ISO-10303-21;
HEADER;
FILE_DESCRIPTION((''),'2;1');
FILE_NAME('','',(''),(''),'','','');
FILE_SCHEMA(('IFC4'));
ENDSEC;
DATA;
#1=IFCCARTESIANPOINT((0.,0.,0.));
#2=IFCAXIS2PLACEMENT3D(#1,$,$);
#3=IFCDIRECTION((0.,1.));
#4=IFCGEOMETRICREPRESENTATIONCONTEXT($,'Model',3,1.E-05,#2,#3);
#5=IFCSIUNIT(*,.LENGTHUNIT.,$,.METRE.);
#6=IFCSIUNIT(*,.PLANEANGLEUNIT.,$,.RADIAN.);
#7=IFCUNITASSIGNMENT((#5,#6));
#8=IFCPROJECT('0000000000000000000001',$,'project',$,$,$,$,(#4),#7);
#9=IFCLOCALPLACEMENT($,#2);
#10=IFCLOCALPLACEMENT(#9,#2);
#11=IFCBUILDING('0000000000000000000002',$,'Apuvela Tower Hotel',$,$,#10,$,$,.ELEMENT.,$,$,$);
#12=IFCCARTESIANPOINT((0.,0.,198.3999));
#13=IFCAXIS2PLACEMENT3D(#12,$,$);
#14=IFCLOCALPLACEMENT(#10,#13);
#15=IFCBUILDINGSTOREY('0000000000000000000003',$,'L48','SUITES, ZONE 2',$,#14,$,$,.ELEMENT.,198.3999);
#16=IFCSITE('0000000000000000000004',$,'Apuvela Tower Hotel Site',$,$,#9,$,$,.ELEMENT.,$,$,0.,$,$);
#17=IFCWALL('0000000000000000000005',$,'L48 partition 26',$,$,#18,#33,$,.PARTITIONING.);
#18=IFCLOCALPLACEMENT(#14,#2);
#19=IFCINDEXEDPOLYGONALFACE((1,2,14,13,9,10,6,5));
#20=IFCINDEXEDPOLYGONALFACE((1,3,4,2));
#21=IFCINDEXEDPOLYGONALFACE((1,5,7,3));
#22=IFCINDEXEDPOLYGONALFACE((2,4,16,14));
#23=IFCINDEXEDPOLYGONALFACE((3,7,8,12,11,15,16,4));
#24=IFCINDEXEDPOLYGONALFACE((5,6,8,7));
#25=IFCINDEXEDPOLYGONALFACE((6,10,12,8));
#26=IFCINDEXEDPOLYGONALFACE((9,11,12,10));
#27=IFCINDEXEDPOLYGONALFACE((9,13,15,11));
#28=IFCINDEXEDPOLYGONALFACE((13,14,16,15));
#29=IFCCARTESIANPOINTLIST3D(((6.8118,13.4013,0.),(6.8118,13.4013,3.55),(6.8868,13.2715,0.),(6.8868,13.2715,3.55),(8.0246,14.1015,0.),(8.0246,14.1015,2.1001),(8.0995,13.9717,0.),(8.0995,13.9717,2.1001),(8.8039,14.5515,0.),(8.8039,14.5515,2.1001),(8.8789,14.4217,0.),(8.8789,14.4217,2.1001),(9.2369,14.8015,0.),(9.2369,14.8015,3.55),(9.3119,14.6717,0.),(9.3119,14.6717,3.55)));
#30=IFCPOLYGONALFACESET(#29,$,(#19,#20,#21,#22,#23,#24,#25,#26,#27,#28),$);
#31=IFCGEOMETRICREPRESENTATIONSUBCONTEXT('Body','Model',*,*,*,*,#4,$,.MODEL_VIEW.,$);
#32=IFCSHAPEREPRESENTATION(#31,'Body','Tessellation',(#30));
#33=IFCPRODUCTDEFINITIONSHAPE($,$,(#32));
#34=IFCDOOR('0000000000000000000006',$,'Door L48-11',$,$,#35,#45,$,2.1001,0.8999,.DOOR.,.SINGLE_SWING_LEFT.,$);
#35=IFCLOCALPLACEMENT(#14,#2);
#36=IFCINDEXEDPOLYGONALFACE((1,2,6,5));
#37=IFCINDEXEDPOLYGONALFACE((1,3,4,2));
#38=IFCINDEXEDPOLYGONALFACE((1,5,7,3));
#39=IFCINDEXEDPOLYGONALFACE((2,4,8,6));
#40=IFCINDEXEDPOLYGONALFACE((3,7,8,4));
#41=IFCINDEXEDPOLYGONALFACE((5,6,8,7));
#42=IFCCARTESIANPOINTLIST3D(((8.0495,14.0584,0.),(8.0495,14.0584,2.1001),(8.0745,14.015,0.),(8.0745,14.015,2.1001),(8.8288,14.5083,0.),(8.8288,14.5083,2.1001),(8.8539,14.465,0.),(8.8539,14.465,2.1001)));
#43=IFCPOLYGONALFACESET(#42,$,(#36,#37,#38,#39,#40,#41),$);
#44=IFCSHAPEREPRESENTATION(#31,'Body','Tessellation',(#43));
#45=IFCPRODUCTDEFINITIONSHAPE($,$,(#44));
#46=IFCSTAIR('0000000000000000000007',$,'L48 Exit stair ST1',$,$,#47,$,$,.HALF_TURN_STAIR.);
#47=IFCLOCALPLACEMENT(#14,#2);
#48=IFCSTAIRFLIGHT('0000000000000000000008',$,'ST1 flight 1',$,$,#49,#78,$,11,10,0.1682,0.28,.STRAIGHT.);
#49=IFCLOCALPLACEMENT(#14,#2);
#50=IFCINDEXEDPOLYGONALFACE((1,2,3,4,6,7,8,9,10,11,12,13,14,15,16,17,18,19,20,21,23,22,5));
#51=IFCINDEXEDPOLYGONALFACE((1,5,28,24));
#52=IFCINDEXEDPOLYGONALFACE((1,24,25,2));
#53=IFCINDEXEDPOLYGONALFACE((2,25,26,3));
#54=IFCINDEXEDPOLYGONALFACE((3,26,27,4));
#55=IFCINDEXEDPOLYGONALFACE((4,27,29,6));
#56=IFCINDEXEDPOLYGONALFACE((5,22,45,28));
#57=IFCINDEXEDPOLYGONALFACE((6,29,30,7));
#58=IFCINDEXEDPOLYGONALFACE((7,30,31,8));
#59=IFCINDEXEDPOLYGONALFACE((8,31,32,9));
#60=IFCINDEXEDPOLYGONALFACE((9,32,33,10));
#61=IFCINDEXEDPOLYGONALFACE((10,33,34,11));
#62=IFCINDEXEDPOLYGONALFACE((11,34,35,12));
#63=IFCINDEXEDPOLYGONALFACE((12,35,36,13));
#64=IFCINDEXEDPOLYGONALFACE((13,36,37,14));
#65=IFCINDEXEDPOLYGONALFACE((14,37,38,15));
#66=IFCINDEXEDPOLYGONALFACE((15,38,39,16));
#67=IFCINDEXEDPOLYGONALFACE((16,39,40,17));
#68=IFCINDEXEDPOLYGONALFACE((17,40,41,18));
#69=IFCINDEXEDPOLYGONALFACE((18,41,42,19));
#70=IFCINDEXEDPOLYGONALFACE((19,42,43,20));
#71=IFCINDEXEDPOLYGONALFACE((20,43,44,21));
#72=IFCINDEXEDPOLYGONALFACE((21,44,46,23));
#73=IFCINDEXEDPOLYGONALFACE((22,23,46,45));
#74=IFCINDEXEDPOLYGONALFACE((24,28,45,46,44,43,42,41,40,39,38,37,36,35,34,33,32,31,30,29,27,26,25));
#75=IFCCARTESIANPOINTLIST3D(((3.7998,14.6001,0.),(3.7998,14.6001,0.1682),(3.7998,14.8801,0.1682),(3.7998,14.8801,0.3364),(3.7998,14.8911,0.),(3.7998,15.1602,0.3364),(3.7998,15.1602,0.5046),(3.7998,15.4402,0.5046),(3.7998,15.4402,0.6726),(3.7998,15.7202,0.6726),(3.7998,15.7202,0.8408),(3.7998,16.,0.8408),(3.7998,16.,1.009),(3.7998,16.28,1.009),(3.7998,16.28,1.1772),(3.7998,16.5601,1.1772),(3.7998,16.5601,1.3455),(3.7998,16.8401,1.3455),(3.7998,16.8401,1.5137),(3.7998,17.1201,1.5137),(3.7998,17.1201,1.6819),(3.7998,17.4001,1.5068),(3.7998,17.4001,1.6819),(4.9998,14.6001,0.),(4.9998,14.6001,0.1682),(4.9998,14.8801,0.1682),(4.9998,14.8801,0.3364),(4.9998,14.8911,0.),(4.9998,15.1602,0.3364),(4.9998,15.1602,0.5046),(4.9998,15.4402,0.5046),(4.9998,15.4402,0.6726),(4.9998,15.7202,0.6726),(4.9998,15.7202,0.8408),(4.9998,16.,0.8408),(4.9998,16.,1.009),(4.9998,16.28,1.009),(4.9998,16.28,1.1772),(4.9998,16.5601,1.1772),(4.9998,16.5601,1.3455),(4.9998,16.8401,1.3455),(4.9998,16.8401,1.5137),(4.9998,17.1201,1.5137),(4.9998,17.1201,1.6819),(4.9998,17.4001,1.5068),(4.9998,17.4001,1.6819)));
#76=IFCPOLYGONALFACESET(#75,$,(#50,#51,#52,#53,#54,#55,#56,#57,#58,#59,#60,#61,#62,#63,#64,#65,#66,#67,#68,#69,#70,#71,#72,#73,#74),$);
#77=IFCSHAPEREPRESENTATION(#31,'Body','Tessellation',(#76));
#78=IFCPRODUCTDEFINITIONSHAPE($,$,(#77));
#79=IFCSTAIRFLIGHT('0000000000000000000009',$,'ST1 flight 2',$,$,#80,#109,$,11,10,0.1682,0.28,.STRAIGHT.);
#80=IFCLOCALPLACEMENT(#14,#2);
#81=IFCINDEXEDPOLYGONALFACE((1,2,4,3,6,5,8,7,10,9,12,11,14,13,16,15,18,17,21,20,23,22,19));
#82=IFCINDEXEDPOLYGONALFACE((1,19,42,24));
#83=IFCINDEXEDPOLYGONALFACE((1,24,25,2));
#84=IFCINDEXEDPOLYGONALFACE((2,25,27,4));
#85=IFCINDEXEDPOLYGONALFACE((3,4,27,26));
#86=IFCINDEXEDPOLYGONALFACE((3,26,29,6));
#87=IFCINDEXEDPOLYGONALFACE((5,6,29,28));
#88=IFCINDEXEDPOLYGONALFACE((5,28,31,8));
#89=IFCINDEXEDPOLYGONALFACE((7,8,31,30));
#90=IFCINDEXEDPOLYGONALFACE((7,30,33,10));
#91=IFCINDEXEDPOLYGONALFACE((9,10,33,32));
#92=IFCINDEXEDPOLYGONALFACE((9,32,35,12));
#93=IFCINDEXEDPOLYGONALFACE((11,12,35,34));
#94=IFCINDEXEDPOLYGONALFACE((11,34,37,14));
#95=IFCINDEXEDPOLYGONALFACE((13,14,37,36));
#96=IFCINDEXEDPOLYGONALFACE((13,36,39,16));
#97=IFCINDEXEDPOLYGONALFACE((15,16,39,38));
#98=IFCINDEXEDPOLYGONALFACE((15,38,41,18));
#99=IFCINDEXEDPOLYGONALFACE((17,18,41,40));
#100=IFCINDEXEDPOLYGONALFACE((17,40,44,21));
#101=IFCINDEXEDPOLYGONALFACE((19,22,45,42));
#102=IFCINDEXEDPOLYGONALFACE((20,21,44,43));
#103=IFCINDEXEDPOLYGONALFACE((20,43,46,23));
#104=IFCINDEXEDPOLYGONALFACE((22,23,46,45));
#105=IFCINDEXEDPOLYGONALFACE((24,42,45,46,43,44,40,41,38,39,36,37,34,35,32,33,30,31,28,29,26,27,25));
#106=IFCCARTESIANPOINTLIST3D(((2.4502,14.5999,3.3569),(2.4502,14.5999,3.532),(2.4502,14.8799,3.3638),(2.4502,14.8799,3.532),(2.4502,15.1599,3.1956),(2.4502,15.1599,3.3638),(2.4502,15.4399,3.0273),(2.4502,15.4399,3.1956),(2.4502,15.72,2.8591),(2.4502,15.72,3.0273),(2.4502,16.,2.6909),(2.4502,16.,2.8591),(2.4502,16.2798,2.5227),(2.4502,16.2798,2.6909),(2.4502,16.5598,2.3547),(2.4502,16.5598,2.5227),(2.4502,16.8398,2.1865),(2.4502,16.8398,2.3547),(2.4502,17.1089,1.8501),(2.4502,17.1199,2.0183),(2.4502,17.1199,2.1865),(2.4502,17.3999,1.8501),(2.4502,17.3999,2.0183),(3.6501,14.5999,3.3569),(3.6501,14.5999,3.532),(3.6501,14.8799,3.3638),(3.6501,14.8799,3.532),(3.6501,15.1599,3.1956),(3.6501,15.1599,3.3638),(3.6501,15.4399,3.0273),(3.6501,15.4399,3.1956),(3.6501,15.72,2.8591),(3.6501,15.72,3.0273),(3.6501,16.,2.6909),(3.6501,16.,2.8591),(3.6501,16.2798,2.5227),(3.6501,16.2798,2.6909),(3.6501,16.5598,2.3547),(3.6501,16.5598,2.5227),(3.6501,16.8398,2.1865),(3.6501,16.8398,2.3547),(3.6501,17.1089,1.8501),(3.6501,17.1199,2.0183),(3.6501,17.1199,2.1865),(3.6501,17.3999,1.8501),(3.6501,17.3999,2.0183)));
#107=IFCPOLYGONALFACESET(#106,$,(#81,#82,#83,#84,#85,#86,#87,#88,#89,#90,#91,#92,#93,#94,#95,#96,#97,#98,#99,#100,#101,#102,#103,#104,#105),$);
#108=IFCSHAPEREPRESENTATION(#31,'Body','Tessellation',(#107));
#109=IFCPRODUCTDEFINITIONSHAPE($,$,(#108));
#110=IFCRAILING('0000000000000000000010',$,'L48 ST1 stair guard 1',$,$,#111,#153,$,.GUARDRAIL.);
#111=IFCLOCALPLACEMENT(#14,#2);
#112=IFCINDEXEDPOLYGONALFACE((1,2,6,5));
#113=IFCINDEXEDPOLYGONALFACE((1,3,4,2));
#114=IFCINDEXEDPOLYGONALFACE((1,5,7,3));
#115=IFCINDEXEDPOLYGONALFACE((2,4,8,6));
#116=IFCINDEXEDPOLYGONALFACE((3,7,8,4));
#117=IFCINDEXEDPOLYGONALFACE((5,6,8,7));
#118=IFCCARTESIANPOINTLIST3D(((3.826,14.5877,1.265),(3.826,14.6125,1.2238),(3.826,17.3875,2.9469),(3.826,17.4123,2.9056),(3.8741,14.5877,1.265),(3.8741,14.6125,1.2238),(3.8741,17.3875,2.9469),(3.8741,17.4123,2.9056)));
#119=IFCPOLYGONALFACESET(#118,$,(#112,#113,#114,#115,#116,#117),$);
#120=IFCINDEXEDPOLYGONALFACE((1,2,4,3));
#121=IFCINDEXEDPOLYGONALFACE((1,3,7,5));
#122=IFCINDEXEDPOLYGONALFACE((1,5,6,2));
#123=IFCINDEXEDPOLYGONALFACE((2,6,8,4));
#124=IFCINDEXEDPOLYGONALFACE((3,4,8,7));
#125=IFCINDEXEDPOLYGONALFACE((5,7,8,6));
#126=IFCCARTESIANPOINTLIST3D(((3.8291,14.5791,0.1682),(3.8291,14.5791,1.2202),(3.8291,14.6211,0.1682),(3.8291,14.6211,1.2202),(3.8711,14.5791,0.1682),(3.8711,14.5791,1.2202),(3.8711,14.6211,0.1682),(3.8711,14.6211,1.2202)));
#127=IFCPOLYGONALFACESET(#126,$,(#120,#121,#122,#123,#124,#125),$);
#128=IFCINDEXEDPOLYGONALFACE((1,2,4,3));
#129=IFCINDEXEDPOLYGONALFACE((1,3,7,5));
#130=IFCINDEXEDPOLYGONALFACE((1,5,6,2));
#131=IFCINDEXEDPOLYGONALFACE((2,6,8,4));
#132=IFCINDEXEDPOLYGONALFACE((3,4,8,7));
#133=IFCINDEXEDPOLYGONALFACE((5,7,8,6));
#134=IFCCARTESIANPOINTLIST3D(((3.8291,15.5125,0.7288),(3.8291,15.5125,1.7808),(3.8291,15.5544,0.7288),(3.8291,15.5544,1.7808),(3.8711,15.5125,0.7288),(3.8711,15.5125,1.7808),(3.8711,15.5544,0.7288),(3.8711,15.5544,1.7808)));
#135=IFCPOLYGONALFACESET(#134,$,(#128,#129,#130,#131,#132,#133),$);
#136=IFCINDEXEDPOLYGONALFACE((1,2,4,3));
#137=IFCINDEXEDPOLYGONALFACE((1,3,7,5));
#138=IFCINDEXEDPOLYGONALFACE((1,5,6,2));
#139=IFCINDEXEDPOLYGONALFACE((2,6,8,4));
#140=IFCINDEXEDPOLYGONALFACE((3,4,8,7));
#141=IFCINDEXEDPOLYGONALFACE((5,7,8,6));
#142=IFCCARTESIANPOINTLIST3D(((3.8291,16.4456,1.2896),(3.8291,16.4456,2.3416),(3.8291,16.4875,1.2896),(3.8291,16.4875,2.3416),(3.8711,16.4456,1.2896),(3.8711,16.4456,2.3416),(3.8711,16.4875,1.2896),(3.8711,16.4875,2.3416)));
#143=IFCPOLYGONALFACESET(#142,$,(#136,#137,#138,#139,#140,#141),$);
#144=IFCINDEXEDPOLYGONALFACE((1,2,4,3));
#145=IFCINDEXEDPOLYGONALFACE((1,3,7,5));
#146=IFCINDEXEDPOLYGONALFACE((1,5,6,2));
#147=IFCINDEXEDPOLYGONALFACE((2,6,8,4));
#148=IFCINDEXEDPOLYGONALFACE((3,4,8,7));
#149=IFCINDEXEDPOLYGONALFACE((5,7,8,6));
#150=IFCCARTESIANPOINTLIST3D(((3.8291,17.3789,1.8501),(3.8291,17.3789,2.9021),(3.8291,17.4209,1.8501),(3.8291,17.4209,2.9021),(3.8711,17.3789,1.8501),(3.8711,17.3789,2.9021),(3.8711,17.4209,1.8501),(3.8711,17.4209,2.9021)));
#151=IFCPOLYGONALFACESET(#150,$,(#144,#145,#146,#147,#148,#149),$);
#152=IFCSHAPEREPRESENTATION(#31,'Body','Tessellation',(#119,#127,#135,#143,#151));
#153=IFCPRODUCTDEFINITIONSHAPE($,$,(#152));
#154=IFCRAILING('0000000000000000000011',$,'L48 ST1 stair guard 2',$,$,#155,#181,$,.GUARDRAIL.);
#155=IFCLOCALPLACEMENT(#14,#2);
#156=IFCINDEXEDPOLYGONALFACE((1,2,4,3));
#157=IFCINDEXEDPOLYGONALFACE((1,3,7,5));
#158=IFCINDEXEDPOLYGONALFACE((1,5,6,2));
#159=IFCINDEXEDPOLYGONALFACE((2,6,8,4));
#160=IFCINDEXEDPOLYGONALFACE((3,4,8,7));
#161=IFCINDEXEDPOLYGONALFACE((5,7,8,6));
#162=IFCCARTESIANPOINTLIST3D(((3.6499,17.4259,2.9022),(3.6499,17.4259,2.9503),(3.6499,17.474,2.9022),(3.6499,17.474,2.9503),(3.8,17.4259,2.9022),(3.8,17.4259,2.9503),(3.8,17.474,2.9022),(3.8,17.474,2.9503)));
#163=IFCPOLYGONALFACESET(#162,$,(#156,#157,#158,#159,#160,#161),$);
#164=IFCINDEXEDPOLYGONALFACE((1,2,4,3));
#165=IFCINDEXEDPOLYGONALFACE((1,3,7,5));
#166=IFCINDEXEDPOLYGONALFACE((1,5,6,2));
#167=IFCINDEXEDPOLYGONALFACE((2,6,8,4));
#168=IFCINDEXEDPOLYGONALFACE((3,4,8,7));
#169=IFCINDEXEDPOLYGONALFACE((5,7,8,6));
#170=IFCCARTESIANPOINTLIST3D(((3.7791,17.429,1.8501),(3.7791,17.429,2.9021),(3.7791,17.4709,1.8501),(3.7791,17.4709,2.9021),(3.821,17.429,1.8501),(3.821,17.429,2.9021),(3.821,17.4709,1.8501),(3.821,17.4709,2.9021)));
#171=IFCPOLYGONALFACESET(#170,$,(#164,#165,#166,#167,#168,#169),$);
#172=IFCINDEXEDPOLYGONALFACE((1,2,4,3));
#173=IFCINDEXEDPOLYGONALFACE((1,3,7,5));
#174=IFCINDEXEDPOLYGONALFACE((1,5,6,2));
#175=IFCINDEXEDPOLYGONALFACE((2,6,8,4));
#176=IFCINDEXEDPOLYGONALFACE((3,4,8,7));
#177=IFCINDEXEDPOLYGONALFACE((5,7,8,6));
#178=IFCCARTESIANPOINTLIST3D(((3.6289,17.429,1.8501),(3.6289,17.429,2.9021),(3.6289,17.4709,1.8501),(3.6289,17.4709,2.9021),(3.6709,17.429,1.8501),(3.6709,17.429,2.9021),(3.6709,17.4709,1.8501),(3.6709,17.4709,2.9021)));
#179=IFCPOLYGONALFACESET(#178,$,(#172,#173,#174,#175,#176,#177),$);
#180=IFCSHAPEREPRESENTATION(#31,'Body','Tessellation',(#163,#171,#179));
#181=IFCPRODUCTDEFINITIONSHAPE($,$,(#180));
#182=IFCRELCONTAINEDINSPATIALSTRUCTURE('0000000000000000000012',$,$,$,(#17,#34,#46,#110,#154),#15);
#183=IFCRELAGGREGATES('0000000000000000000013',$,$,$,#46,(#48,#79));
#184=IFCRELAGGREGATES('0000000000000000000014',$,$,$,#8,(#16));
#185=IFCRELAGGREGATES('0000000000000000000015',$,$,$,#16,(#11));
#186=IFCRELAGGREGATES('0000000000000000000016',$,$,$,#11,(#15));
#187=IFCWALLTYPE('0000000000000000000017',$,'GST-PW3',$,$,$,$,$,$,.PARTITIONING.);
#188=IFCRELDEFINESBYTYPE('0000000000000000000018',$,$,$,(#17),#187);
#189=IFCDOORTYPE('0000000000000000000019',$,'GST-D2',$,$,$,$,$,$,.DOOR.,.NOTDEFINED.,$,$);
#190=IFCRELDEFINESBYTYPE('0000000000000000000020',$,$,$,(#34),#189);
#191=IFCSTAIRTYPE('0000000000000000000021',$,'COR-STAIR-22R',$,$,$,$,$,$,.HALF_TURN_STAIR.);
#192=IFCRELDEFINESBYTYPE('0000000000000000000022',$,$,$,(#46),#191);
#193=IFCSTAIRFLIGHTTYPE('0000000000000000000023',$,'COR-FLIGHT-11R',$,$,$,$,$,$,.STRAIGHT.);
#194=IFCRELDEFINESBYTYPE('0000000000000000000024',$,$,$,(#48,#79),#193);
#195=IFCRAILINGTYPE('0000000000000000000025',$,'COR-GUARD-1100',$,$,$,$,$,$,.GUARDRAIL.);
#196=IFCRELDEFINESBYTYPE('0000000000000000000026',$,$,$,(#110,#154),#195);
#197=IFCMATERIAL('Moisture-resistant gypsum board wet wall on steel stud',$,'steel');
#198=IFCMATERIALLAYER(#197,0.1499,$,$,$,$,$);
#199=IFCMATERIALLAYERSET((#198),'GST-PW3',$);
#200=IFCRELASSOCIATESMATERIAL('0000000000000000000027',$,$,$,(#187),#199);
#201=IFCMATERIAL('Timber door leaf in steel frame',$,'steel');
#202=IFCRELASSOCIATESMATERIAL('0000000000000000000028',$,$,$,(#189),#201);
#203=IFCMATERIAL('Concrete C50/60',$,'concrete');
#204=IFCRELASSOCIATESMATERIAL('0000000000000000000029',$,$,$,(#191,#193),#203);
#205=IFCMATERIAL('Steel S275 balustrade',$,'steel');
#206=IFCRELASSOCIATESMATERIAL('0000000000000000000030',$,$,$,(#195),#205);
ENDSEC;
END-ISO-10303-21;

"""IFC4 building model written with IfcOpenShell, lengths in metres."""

from ifc_helpers import new_model, si_unit, direction, frame, frame_2d, origin, origin_2d, place, context, subcontext, project, spatial, polyline, rectangle, outline, extrude, material, layer, layer_set, type_object, element, fill, aggregate, save


model = new_model("IFC4")

# Units and contexts
model_context = context("Model", 3, precision=1e-05, world=origin(), true_north=direction((0.0, 1.0)))
body_context = subcontext(model_context, "Body", "Model", "MODEL_VIEW")
ifc_project = project(units=[si_unit("LENGTHUNIT", "METRE"), si_unit("PLANEANGLEUNIT", "RADIAN")], contexts=[model_context])

# Site, building, storey
site_placement = place(None, origin())
site = spatial("IfcSite", under=ifc_project, at=site_placement, Name="Apuvela Tower Hotel Site", CompositionType="ELEMENT", RefElevation=0.0)
building_placement = place(site_placement, origin())
building = spatial("IfcBuilding", under=site, at=building_placement, Name="Apuvela Tower Hotel", CompositionType="ELEMENT")
storey_placement = place(building_placement, frame((0.0, 0.0, 198.3999)))
storey = spatial("IfcBuildingStorey", under=building, at=storey_placement, Name="L48", Description="SUITES, ZONE 2", CompositionType="ELEMENT", Elevation=198.3999)

# Shared definitions
ifc_material_1 = material(Name="Concrete C50/60", Category="concrete")

# Wall, opening, door
ifc_material_2 = material(Name="Moisture-resistant gypsum board wet wall on steel stud", Category="steel")
ifc_layer_1 = layer(ifc_material_2, 0.1499)
ifc_layer_set_1 = layer_set([ifc_layer_1], Name="GST-PW3")
wall_type_1 = type_object("IfcWallType", Name="GST-PW3", PredefinedType="PARTITIONING", material=ifc_layer_set_1)
wall_1_placement = place(storey_placement, frame((9.2744, 14.7366, 0.0), z_axis=(0.0, 0.0, 1.0), x_axis=(-0.866019, -0.500012, 0.0)))
wall_1 = element("IfcWall", 1, at=wall_1_placement, inside=storey, type_object=wall_type_1, Name="L48 partition 26", PredefinedType="PARTITIONING", context=body_context, shape_type="SweptSolid", body=[
    extrude(rectangle(XDim=2.8003, YDim=0.1499, at=frame_2d((1.4001, 0.0))), origin(), (0.0, 0.0, 1.0), 3.55),
])
opening_1_placement = place(wall_1_placement, frame((0.5, 0.0, 0.0)))
opening_1 = element("IfcOpeningElement", 2, at=opening_1_placement, cuts=wall_1, PredefinedType="OPENING", context=body_context, shape_type="SweptSolid", body=[
    extrude(rectangle(XDim=0.8999, YDim=2.1001, at=frame_2d((0.45, 1.05))), frame((0.0, 0.085, 0.0), z_axis=(0.0, -1.0, 0.0), x_axis=(1.0, 0.0, 0.0)), (0.0, 0.0, 1.0), 0.1699),
])
ifc_material_3 = material(Name="Timber door leaf in steel frame", Category="steel")
door_type_1 = type_object("IfcDoorType", Name="GST-D2", OperationType="NOTDEFINED", PredefinedType="DOOR", material=ifc_material_3)
door_1_placement = place(opening_1_placement, origin())
door_1 = element("IfcDoor", 3, at=door_1_placement, inside=storey, type_object=door_type_1, Name="Door L48-11", OperationType="SINGLE_SWING_LEFT", OverallHeight=2.1001, OverallWidth=0.8999, PredefinedType="DOOR", context=body_context, shape_type="SweptSolid", body=[
    extrude(rectangle(XDim=0.8999, YDim=2.1001, at=frame_2d((0.45, 1.05))), frame((0.0, 0.0249, 0.0), z_axis=(0.0, -1.0, 0.0), x_axis=(1.0, 0.0, 0.0)), (0.0, 0.0, 1.0), 0.05),
])
fill(opening_1, door_1)

# Stair, stair flights
stair_type = type_object("IfcStairType", Name="COR-STAIR-22R", PredefinedType="HALF_TURN_STAIR", material=ifc_material_1)
stair_placement = place(storey_placement, origin())
stair = element("IfcStair", 4, at=stair_placement, inside=storey, type_object=stair_type, Name="L48 Exit stair ST1", PredefinedType="HALF_TURN_STAIR")
stair_flight_type = type_object("IfcStairFlightType", Name="COR-FLIGHT-11R", PredefinedType="STRAIGHT", material=ifc_material_1)
stair_flight_1_placement = place(storey_placement, frame((4.3999, 14.6001, 0.0), z_axis=(0.0, 0.0, 1.0), x_axis=(0.0, 1.0, 0.0)))
stair_flight_1 = element("IfcStairFlight", 5, at=stair_flight_1_placement, type_object=stair_flight_type, Name="ST1 flight 1", NumberOfRisers=11, NumberOfTreads=10, PredefinedType="STRAIGHT", RiserHeight=0.1682, TreadLength=0.28, context=body_context, shape_type="SweptSolid", body=[
    extrude(outline(polyline([(0.0, 0.0), (0.0, 0.1682), (0.28, 0.1682), (0.28, 0.3364), (0.5601, 0.3364), (0.5601, 0.5046), (0.8401, 0.5046), (0.8401, 0.6726), (1.1201, 0.6726), (1.1201, 0.8408), (1.3999, 0.8408), (1.3999, 1.009), (1.6799, 1.009), (1.6799, 1.1772), (1.96, 1.1772), (1.96, 1.3455), (2.24, 1.3455), (2.24, 1.5137), (2.52, 1.5137), (2.52, 1.6819), (2.8, 1.6819), (2.8, 1.8501), (2.8, 1.5068), (0.291, 0.0), (0.0, 0.0)])), frame((0.0, 0.6001, 0.0), z_axis=(0.0, -1.0, 0.0), x_axis=(1.0, 0.0, 0.0)), (0.0, 0.0, 1.0), 1.2),
])
stair_flight_2_placement = place(storey_placement, frame((3.05, 17.3999, 1.8501), z_axis=(0.0, 0.0, 1.0), x_axis=(0.0, -1.0, 0.0)))
stair_flight_2 = element("IfcStairFlight", 6, at=stair_flight_2_placement, type_object=stair_flight_type, Name="ST1 flight 2", NumberOfRisers=11, NumberOfTreads=10, PredefinedType="STRAIGHT", RiserHeight=0.1682, TreadLength=0.28, context=body_context, shape_type="SweptSolid", body=[
    extrude(outline(polyline([(0.0, 0.0), (0.0, 0.1682), (0.28, 0.1682), (0.28, 0.3364), (0.5601, 0.3364), (0.5601, 0.5046), (0.8401, 0.5046), (0.8401, 0.6726), (1.1201, 0.6726), (1.1201, 0.8408), (1.3999, 0.8408), (1.3999, 1.009), (1.6799, 1.009), (1.6799, 1.1772), (1.96, 1.1772), (1.96, 1.3455), (2.24, 1.3455), (2.24, 1.5137), (2.52, 1.5137), (2.52, 1.6819), (2.8, 1.6819), (2.8, 1.8501), (2.8, 1.5068), (0.291, 0.0), (0.0, 0.0)])), frame((0.0, 0.6001, 0.0), z_axis=(0.0, -1.0, 0.0), x_axis=(1.0, 0.0, 0.0)), (0.0, 0.0, 1.0), 1.2),
])
aggregate(stair, [stair_flight_1, stair_flight_2])

# Railings
ifc_material_4 = material(Name="Steel S275 balustrade", Category="steel")
railing_type_1 = type_object("IfcRailingType", Name="COR-GUARD-1100", PredefinedType="GUARDRAIL", material=ifc_material_4)
railing_1_placement = place(storey_placement, frame((3.8501, 14.6001, 0.1682)))
element("IfcRailing", 7, at=railing_1_placement, inside=storey, type_object=railing_type_1, Name="L48 ST1 stair guard 1", PredefinedType="GUARDRAIL", context=body_context, shape_type="SweptSolid", body=[
    extrude(rectangle(XDim=0.0481, YDim=0.0481, at=origin_2d()), frame((0.0, 0.0, 1.0762), z_axis=(0.0, 0.857222, 0.514946), x_axis=(-1.0, 0.0, 0.0)), (0.0, 0.0, 1.0), 3.2661),
    extrude(rectangle(XDim=0.042, YDim=0.042, at=origin_2d()), origin(), (0.0, 0.0, 1.0), 1.052),
    extrude(rectangle(XDim=0.042, YDim=0.042, at=origin_2d()), frame((0.0, 0.9333, 0.5605)), (0.0, 0.0, 1.0), 1.052),
    extrude(rectangle(XDim=0.042, YDim=0.042, at=origin_2d()), frame((0.0, 1.8665, 1.1213)), (0.0, 0.0, 1.0), 1.052),
    extrude(rectangle(XDim=0.042, YDim=0.042, at=origin_2d()), frame((0.0, 2.7998, 1.6819)), (0.0, 0.0, 1.0), 1.052),
])
railing_2_placement = place(storey_placement, frame((3.8, 17.45, 1.8501)))
element("IfcRailing", 8, at=railing_2_placement, inside=storey, type_object=railing_type_1, Name="L48 ST1 stair guard 2", PredefinedType="GUARDRAIL", context=body_context, shape_type="SweptSolid", body=[
    extrude(rectangle(XDim=0.0481, YDim=0.0481, at=origin_2d()), frame((0.0, 0.0, 1.0762), z_axis=(-1.0, 0.0, 0.0), x_axis=(0.0, -1.0, 0.0)), (0.0, 0.0, 1.0), 0.1501),
    extrude(rectangle(XDim=0.042, YDim=0.042, at=origin_2d()), origin(), (0.0, 0.0, 1.0), 1.052),
    extrude(rectangle(XDim=0.042, YDim=0.042, at=origin_2d()), frame((-0.1501, 0.0, 0.0)), (0.0, 0.0, 1.0), 1.052),
])

save(model, "model.ifc")
